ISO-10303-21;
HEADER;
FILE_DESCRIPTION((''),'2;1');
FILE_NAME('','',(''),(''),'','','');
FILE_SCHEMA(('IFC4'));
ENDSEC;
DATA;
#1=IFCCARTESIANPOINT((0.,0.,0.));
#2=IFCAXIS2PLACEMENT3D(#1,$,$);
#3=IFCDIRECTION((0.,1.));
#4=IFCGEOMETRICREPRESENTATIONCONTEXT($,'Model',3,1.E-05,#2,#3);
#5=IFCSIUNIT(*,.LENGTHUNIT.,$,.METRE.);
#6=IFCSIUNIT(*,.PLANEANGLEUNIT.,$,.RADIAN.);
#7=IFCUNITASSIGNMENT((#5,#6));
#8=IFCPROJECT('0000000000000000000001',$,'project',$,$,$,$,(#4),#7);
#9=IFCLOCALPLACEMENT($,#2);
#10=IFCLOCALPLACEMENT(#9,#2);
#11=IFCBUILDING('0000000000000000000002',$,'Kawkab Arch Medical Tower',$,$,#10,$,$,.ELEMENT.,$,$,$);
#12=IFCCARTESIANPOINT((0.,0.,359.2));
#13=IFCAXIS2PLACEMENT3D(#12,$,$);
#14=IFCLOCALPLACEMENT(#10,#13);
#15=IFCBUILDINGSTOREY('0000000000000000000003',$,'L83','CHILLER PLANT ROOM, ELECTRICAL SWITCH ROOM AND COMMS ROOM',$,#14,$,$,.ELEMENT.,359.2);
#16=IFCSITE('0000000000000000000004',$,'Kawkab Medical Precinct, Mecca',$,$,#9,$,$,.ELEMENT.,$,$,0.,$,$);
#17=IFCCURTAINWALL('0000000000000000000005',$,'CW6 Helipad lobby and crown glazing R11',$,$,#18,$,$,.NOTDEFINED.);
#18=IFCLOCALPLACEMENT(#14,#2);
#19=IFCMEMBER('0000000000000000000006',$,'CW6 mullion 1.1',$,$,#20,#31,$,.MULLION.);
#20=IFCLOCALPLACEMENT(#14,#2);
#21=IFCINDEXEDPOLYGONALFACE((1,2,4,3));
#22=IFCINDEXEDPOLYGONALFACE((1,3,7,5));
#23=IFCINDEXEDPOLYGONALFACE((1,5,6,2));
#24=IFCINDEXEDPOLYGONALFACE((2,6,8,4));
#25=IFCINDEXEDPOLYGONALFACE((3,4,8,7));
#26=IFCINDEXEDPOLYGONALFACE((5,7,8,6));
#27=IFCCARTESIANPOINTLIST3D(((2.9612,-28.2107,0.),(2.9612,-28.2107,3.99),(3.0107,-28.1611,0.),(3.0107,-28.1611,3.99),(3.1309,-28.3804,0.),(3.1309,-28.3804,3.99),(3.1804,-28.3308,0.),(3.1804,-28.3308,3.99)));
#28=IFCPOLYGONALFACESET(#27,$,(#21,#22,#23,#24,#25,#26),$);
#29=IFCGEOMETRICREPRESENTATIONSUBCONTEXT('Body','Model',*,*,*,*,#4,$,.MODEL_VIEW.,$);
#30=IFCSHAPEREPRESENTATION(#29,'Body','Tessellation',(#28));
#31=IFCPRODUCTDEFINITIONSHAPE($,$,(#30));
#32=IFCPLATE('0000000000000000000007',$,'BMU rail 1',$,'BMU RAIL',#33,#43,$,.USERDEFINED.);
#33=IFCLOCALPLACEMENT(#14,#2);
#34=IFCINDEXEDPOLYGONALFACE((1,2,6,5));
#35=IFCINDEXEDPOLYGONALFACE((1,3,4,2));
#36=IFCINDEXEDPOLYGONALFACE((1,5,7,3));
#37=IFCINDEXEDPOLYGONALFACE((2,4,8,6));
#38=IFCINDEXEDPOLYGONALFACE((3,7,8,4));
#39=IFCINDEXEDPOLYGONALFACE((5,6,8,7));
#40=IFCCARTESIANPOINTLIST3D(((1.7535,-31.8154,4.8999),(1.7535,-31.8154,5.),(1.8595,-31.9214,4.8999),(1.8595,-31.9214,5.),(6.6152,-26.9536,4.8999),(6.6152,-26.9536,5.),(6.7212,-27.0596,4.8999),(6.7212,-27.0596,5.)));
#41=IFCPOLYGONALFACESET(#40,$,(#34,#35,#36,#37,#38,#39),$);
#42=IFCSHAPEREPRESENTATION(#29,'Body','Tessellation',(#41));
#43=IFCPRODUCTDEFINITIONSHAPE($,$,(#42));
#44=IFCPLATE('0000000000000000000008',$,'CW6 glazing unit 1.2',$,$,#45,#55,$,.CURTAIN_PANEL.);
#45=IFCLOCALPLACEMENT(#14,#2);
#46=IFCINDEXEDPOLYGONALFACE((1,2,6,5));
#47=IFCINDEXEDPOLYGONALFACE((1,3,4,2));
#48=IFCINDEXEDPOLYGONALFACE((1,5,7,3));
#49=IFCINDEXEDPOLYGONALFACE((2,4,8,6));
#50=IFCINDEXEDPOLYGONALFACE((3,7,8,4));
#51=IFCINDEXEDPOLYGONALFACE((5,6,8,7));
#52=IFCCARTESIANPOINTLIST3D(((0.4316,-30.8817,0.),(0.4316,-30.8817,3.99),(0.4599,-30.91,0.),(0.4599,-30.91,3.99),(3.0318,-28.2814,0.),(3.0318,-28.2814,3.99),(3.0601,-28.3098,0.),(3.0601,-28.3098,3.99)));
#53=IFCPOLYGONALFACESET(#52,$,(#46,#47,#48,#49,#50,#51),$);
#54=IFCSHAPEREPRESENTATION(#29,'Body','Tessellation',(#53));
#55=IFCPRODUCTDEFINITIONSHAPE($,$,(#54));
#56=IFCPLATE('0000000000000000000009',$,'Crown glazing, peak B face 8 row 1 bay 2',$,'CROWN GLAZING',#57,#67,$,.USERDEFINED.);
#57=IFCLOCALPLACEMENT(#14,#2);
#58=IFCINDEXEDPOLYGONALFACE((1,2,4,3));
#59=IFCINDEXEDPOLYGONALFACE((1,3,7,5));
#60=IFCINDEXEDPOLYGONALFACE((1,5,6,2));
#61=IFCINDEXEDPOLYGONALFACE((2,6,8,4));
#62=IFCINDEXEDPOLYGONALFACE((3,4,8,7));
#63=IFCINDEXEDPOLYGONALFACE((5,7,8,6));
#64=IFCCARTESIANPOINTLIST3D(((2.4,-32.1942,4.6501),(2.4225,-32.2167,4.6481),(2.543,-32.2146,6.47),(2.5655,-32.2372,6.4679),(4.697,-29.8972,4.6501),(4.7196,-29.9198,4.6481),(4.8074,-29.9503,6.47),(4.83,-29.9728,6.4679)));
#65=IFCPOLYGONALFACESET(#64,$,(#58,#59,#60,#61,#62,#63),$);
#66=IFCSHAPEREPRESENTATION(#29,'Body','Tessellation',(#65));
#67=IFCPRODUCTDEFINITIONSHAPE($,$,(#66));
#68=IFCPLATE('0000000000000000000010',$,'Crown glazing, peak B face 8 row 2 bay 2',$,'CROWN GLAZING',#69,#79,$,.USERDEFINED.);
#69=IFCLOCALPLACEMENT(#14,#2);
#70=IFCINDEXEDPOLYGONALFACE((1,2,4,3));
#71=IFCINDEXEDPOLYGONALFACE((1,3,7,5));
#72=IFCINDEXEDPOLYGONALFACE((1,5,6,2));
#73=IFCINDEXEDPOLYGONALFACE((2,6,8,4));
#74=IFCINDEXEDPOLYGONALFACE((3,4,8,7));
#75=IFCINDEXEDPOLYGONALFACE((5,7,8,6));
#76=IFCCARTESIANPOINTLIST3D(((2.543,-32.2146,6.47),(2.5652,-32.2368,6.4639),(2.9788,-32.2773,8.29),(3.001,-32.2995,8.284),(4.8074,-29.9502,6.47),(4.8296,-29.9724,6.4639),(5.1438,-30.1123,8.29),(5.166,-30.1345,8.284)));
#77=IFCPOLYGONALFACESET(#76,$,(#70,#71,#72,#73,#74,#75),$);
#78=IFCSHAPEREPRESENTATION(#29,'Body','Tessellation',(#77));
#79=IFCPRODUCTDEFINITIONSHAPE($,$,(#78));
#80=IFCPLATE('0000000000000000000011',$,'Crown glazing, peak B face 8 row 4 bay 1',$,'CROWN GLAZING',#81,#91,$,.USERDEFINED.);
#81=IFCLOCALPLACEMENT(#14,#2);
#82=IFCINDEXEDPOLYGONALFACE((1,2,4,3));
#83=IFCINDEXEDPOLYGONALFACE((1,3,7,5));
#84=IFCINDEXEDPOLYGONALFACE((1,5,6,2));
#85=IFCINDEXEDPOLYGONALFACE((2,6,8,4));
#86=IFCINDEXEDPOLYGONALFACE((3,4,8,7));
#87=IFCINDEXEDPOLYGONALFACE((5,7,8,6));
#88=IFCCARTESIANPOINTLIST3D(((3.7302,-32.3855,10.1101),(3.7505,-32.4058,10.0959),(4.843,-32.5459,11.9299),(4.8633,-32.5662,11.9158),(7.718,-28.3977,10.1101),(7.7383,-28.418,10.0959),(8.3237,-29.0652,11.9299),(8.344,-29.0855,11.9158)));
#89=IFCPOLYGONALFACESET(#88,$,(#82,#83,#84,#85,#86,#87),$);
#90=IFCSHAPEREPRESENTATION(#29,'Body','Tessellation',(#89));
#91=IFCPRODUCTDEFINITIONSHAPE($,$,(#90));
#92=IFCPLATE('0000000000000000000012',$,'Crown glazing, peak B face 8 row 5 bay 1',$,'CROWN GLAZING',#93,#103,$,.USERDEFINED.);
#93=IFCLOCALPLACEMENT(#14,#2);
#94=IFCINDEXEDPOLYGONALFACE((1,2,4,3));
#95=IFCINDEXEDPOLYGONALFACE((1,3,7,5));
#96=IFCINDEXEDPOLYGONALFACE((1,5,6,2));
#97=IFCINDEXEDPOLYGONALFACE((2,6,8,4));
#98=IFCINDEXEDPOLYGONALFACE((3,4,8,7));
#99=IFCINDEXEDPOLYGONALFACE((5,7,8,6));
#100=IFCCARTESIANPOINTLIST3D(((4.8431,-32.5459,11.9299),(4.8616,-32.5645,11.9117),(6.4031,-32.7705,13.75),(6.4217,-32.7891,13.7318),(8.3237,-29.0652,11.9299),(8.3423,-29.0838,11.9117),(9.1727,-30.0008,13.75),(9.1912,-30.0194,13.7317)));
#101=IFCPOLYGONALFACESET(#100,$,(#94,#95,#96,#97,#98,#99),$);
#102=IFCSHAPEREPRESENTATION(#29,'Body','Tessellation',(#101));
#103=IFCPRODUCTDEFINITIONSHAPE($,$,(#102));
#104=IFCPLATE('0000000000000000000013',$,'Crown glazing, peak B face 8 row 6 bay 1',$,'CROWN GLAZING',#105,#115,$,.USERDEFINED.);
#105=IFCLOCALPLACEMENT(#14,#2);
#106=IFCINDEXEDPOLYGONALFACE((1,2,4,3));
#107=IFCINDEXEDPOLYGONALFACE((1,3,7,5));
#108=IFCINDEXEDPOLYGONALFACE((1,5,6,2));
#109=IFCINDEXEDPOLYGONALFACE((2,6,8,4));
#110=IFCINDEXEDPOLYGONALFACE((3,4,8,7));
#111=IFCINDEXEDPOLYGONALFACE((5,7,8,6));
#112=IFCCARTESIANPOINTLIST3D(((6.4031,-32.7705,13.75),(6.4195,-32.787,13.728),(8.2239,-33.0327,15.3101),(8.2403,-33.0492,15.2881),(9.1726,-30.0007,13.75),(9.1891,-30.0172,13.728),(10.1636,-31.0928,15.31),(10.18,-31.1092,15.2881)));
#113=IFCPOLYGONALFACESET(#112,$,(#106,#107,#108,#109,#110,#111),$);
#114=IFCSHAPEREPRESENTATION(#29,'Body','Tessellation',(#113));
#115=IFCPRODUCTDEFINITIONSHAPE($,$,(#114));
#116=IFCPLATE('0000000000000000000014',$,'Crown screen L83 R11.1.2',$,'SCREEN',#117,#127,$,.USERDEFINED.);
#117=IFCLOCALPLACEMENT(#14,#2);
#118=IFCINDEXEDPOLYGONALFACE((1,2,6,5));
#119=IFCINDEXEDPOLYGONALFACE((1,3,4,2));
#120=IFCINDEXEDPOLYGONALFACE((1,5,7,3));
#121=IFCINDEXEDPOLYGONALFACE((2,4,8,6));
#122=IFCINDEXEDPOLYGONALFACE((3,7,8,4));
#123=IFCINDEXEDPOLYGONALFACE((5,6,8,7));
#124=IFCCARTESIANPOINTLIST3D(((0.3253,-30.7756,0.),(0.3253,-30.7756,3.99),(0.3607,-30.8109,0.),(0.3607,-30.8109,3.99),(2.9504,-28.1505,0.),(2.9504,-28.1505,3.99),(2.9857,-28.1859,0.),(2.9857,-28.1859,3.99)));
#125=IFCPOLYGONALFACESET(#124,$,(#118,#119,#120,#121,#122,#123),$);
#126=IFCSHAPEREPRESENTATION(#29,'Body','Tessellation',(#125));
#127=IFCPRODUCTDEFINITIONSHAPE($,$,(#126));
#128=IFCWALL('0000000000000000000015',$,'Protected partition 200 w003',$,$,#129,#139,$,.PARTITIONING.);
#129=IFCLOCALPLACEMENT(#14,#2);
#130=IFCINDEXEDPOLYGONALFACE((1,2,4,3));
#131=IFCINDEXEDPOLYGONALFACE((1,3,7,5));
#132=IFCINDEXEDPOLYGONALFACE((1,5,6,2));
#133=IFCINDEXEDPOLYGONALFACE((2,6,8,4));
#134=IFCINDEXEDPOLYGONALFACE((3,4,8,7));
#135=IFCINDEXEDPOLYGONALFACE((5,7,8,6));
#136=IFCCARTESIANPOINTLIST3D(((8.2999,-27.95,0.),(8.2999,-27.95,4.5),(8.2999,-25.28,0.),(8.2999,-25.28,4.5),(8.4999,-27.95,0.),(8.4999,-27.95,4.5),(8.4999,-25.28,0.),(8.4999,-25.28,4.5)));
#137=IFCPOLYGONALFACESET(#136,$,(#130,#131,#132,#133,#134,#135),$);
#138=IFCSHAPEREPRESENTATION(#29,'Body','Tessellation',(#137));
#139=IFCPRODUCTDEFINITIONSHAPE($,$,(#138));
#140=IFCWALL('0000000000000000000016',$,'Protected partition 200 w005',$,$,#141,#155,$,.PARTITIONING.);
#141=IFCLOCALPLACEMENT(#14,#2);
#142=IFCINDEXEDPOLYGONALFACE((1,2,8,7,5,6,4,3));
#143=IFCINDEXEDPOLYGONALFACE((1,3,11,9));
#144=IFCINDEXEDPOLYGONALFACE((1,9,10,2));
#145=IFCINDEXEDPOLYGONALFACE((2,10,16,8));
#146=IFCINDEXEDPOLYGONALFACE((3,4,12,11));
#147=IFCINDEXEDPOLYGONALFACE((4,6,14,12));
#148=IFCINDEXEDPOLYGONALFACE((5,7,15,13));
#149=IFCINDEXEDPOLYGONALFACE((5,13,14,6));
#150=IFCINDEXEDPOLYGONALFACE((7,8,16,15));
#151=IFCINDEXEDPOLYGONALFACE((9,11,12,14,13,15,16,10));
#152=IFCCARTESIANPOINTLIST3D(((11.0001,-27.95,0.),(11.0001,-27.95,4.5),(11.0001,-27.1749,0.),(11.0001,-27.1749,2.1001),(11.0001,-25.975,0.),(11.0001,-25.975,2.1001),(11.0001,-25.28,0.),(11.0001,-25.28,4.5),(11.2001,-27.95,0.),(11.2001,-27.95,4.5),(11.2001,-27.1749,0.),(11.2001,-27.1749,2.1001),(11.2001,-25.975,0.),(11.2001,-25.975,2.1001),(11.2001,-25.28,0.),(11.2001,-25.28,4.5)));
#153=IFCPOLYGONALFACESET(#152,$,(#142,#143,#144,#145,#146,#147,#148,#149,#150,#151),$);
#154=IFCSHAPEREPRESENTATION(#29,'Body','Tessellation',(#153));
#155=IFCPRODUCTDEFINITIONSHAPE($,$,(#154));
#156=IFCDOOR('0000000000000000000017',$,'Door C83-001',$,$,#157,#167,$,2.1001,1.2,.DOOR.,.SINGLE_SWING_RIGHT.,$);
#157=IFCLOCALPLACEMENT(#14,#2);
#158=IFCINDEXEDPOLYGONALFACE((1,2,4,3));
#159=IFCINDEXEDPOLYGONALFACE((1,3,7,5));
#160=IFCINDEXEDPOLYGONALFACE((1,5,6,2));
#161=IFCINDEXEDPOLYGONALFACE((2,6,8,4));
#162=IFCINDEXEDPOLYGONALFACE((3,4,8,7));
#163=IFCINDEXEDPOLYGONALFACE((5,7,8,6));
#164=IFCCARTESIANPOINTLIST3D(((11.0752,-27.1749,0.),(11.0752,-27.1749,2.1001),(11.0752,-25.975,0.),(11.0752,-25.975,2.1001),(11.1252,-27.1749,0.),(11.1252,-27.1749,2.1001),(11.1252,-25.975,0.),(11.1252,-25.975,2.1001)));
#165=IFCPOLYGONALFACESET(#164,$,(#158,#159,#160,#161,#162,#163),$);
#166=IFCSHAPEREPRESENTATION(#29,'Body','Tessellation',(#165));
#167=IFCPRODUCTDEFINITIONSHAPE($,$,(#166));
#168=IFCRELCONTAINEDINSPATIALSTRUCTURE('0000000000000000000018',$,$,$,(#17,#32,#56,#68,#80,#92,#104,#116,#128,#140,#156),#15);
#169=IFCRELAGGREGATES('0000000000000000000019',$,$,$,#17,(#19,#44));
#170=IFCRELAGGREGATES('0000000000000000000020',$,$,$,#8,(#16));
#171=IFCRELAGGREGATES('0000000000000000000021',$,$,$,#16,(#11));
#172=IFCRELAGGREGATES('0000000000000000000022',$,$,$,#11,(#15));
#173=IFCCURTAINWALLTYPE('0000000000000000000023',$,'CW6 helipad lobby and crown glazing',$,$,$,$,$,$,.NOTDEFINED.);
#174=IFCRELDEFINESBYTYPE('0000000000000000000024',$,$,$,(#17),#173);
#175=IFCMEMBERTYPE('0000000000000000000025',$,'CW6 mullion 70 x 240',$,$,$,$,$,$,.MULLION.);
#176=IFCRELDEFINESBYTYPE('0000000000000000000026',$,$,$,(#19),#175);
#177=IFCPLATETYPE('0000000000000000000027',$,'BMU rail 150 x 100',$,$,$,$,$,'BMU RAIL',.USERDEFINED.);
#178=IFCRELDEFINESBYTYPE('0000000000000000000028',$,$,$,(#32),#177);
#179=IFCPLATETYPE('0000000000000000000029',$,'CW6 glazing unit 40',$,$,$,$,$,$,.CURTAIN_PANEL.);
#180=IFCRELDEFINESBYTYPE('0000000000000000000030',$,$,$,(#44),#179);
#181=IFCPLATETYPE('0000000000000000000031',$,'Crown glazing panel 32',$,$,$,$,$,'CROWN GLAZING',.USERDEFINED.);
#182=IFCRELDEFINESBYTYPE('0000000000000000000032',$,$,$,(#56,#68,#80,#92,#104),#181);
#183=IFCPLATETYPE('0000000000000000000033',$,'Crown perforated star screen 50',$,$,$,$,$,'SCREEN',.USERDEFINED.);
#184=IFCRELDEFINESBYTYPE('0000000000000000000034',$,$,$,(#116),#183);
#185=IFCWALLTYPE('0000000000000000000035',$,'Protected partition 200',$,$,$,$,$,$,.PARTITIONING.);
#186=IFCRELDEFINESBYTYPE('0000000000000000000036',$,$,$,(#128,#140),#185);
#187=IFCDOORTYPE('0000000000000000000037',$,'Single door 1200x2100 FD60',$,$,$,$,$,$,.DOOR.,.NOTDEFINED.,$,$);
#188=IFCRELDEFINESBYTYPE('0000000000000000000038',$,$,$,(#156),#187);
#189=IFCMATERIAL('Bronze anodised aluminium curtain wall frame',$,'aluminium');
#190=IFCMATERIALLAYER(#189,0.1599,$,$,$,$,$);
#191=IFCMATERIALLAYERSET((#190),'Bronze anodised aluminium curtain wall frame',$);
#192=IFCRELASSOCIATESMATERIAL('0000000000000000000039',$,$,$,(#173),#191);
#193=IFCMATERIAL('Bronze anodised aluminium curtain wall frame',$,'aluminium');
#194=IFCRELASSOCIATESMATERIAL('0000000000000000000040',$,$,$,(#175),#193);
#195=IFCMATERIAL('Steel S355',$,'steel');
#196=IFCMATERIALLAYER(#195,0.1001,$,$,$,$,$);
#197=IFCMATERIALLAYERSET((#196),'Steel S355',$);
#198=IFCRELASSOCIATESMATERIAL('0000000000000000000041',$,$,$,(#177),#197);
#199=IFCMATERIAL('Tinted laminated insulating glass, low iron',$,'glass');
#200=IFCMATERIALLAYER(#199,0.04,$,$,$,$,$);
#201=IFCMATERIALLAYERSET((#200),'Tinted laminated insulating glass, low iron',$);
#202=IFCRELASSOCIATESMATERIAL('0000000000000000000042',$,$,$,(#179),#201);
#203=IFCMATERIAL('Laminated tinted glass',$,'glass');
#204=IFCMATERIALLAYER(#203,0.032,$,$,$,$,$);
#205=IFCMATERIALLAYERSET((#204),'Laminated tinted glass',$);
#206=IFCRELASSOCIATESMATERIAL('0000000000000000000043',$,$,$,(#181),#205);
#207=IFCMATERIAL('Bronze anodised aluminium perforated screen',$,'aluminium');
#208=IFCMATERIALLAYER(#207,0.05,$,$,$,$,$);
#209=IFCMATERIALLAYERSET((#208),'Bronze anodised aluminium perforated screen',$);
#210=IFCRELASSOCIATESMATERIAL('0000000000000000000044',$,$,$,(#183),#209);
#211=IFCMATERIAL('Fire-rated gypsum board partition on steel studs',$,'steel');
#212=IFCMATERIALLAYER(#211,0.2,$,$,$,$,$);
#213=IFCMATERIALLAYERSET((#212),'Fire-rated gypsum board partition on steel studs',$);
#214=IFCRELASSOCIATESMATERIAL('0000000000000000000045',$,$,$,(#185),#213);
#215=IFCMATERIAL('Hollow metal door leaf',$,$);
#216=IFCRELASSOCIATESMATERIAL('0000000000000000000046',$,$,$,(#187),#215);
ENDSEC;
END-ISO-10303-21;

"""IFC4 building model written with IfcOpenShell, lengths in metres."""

from ifc_helpers import new_model, si_unit, direction, frame, frame_2d, origin, origin_2d, place, context, subcontext, project, spatial, polyline, rectangle, outline, extrude, material, layer, layer_set, material_profile, profile_set, type_object, element, fill, aggregate, save


model = new_model("IFC4")

# Units and contexts
model_context = context("Model", 3, precision=1e-05, world=origin(), true_north=direction((0.0, 1.0)))
body_context = subcontext(model_context, "Body", "Model", "MODEL_VIEW")
ifc_project = project(units=[si_unit("LENGTHUNIT", "METRE"), si_unit("PLANEANGLEUNIT", "RADIAN")], contexts=[model_context])

# Site, building, storey
site_placement = place(None, origin())
site = spatial("IfcSite", under=ifc_project, at=site_placement, Name="Kawkab Medical Precinct, Mecca", CompositionType="ELEMENT", RefElevation=0.0)
building_placement = place(site_placement, origin())
building = spatial("IfcBuilding", under=site, at=building_placement, Name="Kawkab Arch Medical Tower", CompositionType="ELEMENT")
storey_placement = place(building_placement, frame((0.0, 0.0, 359.2)))
storey = spatial("IfcBuildingStorey", under=building, at=storey_placement, Name="L83", Description="CHILLER PLANT ROOM, ELECTRICAL SWITCH ROOM AND COMMS ROOM", CompositionType="ELEMENT", Elevation=359.2)

# Curtain wall, member
ifc_material_1 = material(Name="Bronze anodised aluminium curtain wall frame", Category="aluminium")
ifc_layer_1 = layer(ifc_material_1, 0.1599)
ifc_layer_set_1 = layer_set([ifc_layer_1], Name="Bronze anodised aluminium curtain wall frame")
curtain_wall_type = type_object("IfcCurtainWallType", Name="CW6 helipad lobby and crown glazing", PredefinedType="NOTDEFINED", material=ifc_layer_set_1)
curtain_wall_placement = place(storey_placement, origin())
curtain_wall = element("IfcCurtainWall", 1, at=curtain_wall_placement, inside=storey, type_object=curtain_wall_type, Name="CW6 Helipad lobby and crown glazing R11", PredefinedType="NOTDEFINED")
ifc_material_2 = material(Name="Bronze anodised aluminium curtain wall frame", Category="aluminium")
ifc_material_profile = material_profile(ifc_material_2, rectangle(XDim=0.24, YDim=0.0701, at=origin_2d()), Name="AL 70x240")
ifc_profile_set = profile_set([ifc_material_profile], Name="Bronze anodised aluminium curtain wall frame")
member_type = type_object("IfcMemberType", Name="CW6 mullion 70 x 240", PredefinedType="MULLION", material=ifc_profile_set)
member_placement = place(storey_placement, frame((3.0708, -28.2708, 0.0), z_axis=(0.0, 0.0, 1.0), x_axis=(0.707107, -0.707107, 0.0)))
member = element("IfcMember", 2, at=member_placement, type_object=member_type, Name="CW6 mullion 1.1", PredefinedType="MULLION", context=body_context, shape_type="SweptSolid", body=[
    extrude(rectangle(XDim=0.24, YDim=0.0701, at=origin_2d()), origin(), (0.0, 0.0, 1.0), 3.99),
])

# Plates
ifc_material_3 = material(Name="Steel S355", Category="steel")
ifc_layer_2 = layer(ifc_material_3, 0.1001)
ifc_layer_set_2 = layer_set([ifc_layer_2], Name="Steel S355")
plate_type_1 = type_object("IfcPlateType", Name="BMU rail 150 x 100", ElementType="BMU RAIL", PredefinedType="USERDEFINED", material=ifc_layer_set_2)
plate_1_placement = place(storey_placement, frame((4.2373, -29.4375, 4.8999), z_axis=(0.0, 0.0, 1.0), x_axis=(0.707107, 0.707107, 0.0)))
element("IfcPlate", 3, at=plate_1_placement, inside=storey, type_object=plate_type_1, Name="BMU rail 1", ObjectType="BMU RAIL", PredefinedType="USERDEFINED", context=body_context, shape_type="SweptSolid", body=[
    extrude(rectangle(XDim=6.8755, YDim=0.1499, at=origin_2d()), origin(), (0.0, 0.0, 1.0), 0.1001),
])
ifc_material_4 = material(Name="Tinted laminated insulating glass, low iron", Category="glass")
ifc_layer_3 = layer(ifc_material_4, 0.04)
ifc_layer_set_3 = layer_set([ifc_layer_3], Name="Tinted laminated insulating glass, low iron")
plate_type_2 = type_object("IfcPlateType", Name="CW6 glazing unit 40", PredefinedType="CURTAIN_PANEL", material=ifc_layer_set_3)
plate_2_placement = place(storey_placement, frame((1.7458, -29.5957, 0.0), z_axis=(0.0, 0.0, 1.0), x_axis=(-0.707107, -0.707107, 0.0)))
plate_2 = element("IfcPlate", 4, at=plate_2_placement, type_object=plate_type_2, Name="CW6 glazing unit 1.2", PredefinedType="CURTAIN_PANEL", context=body_context, shape_type="SweptSolid", body=[
    extrude(rectangle(XDim=3.6772, YDim=0.04, at=origin_2d()), origin(), (0.0, 0.0, 1.0), 3.99),
])
aggregate(curtain_wall, [member, plate_2])

# Plates
ifc_material_5 = material(Name="Laminated tinted glass", Category="glass")
ifc_layer_4 = layer(ifc_material_5, 0.032)
ifc_layer_set_4 = layer_set([ifc_layer_4], Name="Laminated tinted glass")
plate_type_3 = type_object("IfcPlateType", Name="Crown glazing panel 32", ElementType="CROWN GLAZING", PredefinedType="USERDEFINED", material=ifc_layer_set_4)
plate_3_placement = place(storey_placement, frame((4.697, -29.8972, 4.6501), z_axis=(-0.705666, 0.705704, 0.063382), x_axis=(-0.707126, -0.707088, -0.000002)))
element("IfcPlate", 5, at=plate_3_placement, inside=storey, type_object=plate_type_3, Name="Crown glazing, peak B face 8 row 1 bay 2", ObjectType="CROWN GLAZING", PredefinedType="USERDEFINED", context=body_context, shape_type="SweptSolid", body=[
    extrude(outline(polyline([(0.0, 0.0), (3.2484, 0.0), (3.1618, 1.8235), (-0.0406, 1.8235), (0.0, 0.0)])), origin(), (0.0, 0.0, -1.0), 0.032),
])
plate_4_placement = place(storey_placement, frame((4.8074, -29.9502, 6.47), z_axis=(-0.694206, 0.694206, 0.19015), x_axis=(-0.707107, -0.707107, 0.0)))
element("IfcPlate", 6, at=plate_4_placement, inside=storey, type_object=plate_type_3, Name="Crown glazing, peak B face 8 row 2 bay 2", ObjectType="CROWN GLAZING", PredefinedType="USERDEFINED", context=body_context, shape_type="SweptSolid", body=[
    extrude(outline(polyline([(0.0, 0.0), (3.2024, 0.0), (2.9386, 1.8539), (-0.1233, 1.8539), (0.0, 0.0)])), origin(), (0.0, 0.0, -1.0), 0.032),
])
plate_5_placement = place(storey_placement, frame((7.718, -28.3977, 10.1101), z_axis=(-0.633791, 0.633791, 0.443416), x_axis=(-0.707107, -0.707107, 0.0)))
element("IfcPlate", 7, at=plate_5_placement, inside=storey, type_object=plate_type_3, Name="Crown glazing, peak B face 8 row 4 bay 1", ObjectType="CROWN GLAZING", PredefinedType="USERDEFINED", context=body_context, shape_type="SweptSolid", body=[
    extrude(outline(polyline([(0.0, 0.0), (5.6396, 0.0), (4.9661, 2.0303), (0.0437, 2.0303), (0.0, 0.0)])), origin(), (0.0, 0.0, -1.0), 0.032),
])
plate_6_placement = place(storey_placement, frame((8.3237, -29.0652, 11.9299), z_axis=(-0.581116, 0.581093, 0.569767), x_axis=(-0.707097, -0.707116, -0.000009)))
element("IfcPlate", 8, at=plate_6_placement, inside=storey, type_object=plate_type_3, Name="Crown glazing, peak B face 8 row 5 bay 1", ObjectType="CROWN GLAZING", PredefinedType="USERDEFINED", context=body_context, shape_type="SweptSolid", body=[
    extrude(outline(polyline([(0.0, 0.0), (4.9225, 0.0), (3.9782, 2.2148), (0.0613, 2.2147), (0.0, 0.0)])), origin(), (0.0, 0.0, -1.0), 0.032),
])
plate_7_placement = place(storey_placement, frame((9.1726, -30.0007, 13.75), z_axis=(-0.514177, 0.514124, 0.686512), x_axis=(-0.707073, -0.707141, -0.000004)))
element("IfcPlate", 9, at=plate_7_placement, inside=storey, type_object=plate_type_3, Name="Crown glazing, peak B face 8 row 6 bay 1", ObjectType="CROWN GLAZING", PredefinedType="USERDEFINED", context=body_context, shape_type="SweptSolid", body=[
    extrude(outline(polyline([(0.0, 0.0), (3.9169, 0.0), (2.8149, 2.1456), (0.0715, 2.1455), (0.0, 0.0)])), origin(), (0.0, 0.0, -1.0), 0.032),
])
ifc_material_6 = material(Name="Bronze anodised aluminium perforated screen", Category="aluminium")
ifc_layer_5 = layer(ifc_material_6, 0.05)
ifc_layer_set_5 = layer_set([ifc_layer_5], Name="Bronze anodised aluminium perforated screen")
plate_type_4 = type_object("IfcPlateType", Name="Crown perforated star screen 50", ElementType="SCREEN", PredefinedType="USERDEFINED", material=ifc_layer_set_5)
plate_8_placement = place(storey_placement, frame((1.6555, -29.4807, 0.0), z_axis=(0.0, 0.0, 1.0), x_axis=(-0.707107, -0.707107, 0.0)))
element("IfcPlate", 10, at=plate_8_placement, inside=storey, type_object=plate_type_4, Name="Crown screen L83 R11.1.2", ObjectType="SCREEN", PredefinedType="USERDEFINED", context=body_context, shape_type="SweptSolid", body=[
    extrude(rectangle(XDim=3.7124, YDim=0.05, at=origin_2d()), origin(), (0.0, 0.0, 1.0), 3.99),
])

# Wall
ifc_material_7 = material(Name="Fire-rated gypsum board partition on steel studs", Category="steel")
ifc_layer_6 = layer(ifc_material_7, 0.2)
ifc_layer_set_6 = layer_set([ifc_layer_6], Name="Fire-rated gypsum board partition on steel studs")
wall_type_1 = type_object("IfcWallType", Name="Protected partition 200", PredefinedType="PARTITIONING", material=ifc_layer_set_6)
wall_1_placement = place(storey_placement, frame((8.3999, -27.95, 0.0), z_axis=(0.0, 0.0, 1.0), x_axis=(0.0, 1.0, 0.0)))
element("IfcWall", 11, at=wall_1_placement, inside=storey, type_object=wall_type_1, Name="Protected partition 200 w003", PredefinedType="PARTITIONING", context=body_context, shape_type="SweptSolid", body=[
    extrude(rectangle(XDim=2.6699, YDim=0.2, at=frame_2d((1.335, 0.0))), origin(), (0.0, 0.0, 1.0), 4.5),
])

# Wall, opening, door
wall_2_placement = place(storey_placement, frame((11.1001, -27.95, 0.0), z_axis=(0.0, 0.0, 1.0), x_axis=(0.0, 1.0, 0.0)))
wall_2 = element("IfcWall", 12, at=wall_2_placement, inside=storey, type_object=wall_type_1, Name="Protected partition 200 w005", PredefinedType="PARTITIONING", context=body_context, shape_type="SweptSolid", body=[
    extrude(rectangle(XDim=2.6699, YDim=0.2, at=frame_2d((1.335, 0.0))), origin(), (0.0, 0.0, 1.0), 4.5),
])
opening_1_placement = place(wall_2_placement, frame((0.7749, 0.0, 0.0)))
opening_1 = element("IfcOpeningElement", 13, at=opening_1_placement, cuts=wall_2, PredefinedType="OPENING", context=body_context, shape_type="SweptSolid", body=[
    extrude(rectangle(XDim=1.2, YDim=2.1001, at=frame_2d((0.6001, 1.05))), frame((0.0, 0.1099, 0.0), z_axis=(0.0, -1.0, 0.0), x_axis=(1.0, 0.0, 0.0)), (0.0, 0.0, 1.0), 0.22),
])
ifc_material_8 = material(Name="Hollow metal door leaf")
door_type_1 = type_object("IfcDoorType", Name="Single door 1200x2100 FD60", OperationType="NOTDEFINED", PredefinedType="DOOR", material=ifc_material_8)
door_1_placement = place(opening_1_placement, origin())
door_1 = element("IfcDoor", 14, at=door_1_placement, inside=storey, type_object=door_type_1, Name="Door C83-001", OperationType="SINGLE_SWING_RIGHT", OverallHeight=2.1001, OverallWidth=1.2, PredefinedType="DOOR", context=body_context, shape_type="SweptSolid", body=[
    extrude(rectangle(XDim=1.2, YDim=2.1001, at=frame_2d((0.6001, 1.05))), frame((0.0, 0.0249, 0.0), z_axis=(0.0, -1.0, 0.0), x_axis=(1.0, 0.0, 0.0)), (0.0, 0.0, 1.0), 0.05),
])
fill(opening_1, door_1)

save(model, "model.ifc")
